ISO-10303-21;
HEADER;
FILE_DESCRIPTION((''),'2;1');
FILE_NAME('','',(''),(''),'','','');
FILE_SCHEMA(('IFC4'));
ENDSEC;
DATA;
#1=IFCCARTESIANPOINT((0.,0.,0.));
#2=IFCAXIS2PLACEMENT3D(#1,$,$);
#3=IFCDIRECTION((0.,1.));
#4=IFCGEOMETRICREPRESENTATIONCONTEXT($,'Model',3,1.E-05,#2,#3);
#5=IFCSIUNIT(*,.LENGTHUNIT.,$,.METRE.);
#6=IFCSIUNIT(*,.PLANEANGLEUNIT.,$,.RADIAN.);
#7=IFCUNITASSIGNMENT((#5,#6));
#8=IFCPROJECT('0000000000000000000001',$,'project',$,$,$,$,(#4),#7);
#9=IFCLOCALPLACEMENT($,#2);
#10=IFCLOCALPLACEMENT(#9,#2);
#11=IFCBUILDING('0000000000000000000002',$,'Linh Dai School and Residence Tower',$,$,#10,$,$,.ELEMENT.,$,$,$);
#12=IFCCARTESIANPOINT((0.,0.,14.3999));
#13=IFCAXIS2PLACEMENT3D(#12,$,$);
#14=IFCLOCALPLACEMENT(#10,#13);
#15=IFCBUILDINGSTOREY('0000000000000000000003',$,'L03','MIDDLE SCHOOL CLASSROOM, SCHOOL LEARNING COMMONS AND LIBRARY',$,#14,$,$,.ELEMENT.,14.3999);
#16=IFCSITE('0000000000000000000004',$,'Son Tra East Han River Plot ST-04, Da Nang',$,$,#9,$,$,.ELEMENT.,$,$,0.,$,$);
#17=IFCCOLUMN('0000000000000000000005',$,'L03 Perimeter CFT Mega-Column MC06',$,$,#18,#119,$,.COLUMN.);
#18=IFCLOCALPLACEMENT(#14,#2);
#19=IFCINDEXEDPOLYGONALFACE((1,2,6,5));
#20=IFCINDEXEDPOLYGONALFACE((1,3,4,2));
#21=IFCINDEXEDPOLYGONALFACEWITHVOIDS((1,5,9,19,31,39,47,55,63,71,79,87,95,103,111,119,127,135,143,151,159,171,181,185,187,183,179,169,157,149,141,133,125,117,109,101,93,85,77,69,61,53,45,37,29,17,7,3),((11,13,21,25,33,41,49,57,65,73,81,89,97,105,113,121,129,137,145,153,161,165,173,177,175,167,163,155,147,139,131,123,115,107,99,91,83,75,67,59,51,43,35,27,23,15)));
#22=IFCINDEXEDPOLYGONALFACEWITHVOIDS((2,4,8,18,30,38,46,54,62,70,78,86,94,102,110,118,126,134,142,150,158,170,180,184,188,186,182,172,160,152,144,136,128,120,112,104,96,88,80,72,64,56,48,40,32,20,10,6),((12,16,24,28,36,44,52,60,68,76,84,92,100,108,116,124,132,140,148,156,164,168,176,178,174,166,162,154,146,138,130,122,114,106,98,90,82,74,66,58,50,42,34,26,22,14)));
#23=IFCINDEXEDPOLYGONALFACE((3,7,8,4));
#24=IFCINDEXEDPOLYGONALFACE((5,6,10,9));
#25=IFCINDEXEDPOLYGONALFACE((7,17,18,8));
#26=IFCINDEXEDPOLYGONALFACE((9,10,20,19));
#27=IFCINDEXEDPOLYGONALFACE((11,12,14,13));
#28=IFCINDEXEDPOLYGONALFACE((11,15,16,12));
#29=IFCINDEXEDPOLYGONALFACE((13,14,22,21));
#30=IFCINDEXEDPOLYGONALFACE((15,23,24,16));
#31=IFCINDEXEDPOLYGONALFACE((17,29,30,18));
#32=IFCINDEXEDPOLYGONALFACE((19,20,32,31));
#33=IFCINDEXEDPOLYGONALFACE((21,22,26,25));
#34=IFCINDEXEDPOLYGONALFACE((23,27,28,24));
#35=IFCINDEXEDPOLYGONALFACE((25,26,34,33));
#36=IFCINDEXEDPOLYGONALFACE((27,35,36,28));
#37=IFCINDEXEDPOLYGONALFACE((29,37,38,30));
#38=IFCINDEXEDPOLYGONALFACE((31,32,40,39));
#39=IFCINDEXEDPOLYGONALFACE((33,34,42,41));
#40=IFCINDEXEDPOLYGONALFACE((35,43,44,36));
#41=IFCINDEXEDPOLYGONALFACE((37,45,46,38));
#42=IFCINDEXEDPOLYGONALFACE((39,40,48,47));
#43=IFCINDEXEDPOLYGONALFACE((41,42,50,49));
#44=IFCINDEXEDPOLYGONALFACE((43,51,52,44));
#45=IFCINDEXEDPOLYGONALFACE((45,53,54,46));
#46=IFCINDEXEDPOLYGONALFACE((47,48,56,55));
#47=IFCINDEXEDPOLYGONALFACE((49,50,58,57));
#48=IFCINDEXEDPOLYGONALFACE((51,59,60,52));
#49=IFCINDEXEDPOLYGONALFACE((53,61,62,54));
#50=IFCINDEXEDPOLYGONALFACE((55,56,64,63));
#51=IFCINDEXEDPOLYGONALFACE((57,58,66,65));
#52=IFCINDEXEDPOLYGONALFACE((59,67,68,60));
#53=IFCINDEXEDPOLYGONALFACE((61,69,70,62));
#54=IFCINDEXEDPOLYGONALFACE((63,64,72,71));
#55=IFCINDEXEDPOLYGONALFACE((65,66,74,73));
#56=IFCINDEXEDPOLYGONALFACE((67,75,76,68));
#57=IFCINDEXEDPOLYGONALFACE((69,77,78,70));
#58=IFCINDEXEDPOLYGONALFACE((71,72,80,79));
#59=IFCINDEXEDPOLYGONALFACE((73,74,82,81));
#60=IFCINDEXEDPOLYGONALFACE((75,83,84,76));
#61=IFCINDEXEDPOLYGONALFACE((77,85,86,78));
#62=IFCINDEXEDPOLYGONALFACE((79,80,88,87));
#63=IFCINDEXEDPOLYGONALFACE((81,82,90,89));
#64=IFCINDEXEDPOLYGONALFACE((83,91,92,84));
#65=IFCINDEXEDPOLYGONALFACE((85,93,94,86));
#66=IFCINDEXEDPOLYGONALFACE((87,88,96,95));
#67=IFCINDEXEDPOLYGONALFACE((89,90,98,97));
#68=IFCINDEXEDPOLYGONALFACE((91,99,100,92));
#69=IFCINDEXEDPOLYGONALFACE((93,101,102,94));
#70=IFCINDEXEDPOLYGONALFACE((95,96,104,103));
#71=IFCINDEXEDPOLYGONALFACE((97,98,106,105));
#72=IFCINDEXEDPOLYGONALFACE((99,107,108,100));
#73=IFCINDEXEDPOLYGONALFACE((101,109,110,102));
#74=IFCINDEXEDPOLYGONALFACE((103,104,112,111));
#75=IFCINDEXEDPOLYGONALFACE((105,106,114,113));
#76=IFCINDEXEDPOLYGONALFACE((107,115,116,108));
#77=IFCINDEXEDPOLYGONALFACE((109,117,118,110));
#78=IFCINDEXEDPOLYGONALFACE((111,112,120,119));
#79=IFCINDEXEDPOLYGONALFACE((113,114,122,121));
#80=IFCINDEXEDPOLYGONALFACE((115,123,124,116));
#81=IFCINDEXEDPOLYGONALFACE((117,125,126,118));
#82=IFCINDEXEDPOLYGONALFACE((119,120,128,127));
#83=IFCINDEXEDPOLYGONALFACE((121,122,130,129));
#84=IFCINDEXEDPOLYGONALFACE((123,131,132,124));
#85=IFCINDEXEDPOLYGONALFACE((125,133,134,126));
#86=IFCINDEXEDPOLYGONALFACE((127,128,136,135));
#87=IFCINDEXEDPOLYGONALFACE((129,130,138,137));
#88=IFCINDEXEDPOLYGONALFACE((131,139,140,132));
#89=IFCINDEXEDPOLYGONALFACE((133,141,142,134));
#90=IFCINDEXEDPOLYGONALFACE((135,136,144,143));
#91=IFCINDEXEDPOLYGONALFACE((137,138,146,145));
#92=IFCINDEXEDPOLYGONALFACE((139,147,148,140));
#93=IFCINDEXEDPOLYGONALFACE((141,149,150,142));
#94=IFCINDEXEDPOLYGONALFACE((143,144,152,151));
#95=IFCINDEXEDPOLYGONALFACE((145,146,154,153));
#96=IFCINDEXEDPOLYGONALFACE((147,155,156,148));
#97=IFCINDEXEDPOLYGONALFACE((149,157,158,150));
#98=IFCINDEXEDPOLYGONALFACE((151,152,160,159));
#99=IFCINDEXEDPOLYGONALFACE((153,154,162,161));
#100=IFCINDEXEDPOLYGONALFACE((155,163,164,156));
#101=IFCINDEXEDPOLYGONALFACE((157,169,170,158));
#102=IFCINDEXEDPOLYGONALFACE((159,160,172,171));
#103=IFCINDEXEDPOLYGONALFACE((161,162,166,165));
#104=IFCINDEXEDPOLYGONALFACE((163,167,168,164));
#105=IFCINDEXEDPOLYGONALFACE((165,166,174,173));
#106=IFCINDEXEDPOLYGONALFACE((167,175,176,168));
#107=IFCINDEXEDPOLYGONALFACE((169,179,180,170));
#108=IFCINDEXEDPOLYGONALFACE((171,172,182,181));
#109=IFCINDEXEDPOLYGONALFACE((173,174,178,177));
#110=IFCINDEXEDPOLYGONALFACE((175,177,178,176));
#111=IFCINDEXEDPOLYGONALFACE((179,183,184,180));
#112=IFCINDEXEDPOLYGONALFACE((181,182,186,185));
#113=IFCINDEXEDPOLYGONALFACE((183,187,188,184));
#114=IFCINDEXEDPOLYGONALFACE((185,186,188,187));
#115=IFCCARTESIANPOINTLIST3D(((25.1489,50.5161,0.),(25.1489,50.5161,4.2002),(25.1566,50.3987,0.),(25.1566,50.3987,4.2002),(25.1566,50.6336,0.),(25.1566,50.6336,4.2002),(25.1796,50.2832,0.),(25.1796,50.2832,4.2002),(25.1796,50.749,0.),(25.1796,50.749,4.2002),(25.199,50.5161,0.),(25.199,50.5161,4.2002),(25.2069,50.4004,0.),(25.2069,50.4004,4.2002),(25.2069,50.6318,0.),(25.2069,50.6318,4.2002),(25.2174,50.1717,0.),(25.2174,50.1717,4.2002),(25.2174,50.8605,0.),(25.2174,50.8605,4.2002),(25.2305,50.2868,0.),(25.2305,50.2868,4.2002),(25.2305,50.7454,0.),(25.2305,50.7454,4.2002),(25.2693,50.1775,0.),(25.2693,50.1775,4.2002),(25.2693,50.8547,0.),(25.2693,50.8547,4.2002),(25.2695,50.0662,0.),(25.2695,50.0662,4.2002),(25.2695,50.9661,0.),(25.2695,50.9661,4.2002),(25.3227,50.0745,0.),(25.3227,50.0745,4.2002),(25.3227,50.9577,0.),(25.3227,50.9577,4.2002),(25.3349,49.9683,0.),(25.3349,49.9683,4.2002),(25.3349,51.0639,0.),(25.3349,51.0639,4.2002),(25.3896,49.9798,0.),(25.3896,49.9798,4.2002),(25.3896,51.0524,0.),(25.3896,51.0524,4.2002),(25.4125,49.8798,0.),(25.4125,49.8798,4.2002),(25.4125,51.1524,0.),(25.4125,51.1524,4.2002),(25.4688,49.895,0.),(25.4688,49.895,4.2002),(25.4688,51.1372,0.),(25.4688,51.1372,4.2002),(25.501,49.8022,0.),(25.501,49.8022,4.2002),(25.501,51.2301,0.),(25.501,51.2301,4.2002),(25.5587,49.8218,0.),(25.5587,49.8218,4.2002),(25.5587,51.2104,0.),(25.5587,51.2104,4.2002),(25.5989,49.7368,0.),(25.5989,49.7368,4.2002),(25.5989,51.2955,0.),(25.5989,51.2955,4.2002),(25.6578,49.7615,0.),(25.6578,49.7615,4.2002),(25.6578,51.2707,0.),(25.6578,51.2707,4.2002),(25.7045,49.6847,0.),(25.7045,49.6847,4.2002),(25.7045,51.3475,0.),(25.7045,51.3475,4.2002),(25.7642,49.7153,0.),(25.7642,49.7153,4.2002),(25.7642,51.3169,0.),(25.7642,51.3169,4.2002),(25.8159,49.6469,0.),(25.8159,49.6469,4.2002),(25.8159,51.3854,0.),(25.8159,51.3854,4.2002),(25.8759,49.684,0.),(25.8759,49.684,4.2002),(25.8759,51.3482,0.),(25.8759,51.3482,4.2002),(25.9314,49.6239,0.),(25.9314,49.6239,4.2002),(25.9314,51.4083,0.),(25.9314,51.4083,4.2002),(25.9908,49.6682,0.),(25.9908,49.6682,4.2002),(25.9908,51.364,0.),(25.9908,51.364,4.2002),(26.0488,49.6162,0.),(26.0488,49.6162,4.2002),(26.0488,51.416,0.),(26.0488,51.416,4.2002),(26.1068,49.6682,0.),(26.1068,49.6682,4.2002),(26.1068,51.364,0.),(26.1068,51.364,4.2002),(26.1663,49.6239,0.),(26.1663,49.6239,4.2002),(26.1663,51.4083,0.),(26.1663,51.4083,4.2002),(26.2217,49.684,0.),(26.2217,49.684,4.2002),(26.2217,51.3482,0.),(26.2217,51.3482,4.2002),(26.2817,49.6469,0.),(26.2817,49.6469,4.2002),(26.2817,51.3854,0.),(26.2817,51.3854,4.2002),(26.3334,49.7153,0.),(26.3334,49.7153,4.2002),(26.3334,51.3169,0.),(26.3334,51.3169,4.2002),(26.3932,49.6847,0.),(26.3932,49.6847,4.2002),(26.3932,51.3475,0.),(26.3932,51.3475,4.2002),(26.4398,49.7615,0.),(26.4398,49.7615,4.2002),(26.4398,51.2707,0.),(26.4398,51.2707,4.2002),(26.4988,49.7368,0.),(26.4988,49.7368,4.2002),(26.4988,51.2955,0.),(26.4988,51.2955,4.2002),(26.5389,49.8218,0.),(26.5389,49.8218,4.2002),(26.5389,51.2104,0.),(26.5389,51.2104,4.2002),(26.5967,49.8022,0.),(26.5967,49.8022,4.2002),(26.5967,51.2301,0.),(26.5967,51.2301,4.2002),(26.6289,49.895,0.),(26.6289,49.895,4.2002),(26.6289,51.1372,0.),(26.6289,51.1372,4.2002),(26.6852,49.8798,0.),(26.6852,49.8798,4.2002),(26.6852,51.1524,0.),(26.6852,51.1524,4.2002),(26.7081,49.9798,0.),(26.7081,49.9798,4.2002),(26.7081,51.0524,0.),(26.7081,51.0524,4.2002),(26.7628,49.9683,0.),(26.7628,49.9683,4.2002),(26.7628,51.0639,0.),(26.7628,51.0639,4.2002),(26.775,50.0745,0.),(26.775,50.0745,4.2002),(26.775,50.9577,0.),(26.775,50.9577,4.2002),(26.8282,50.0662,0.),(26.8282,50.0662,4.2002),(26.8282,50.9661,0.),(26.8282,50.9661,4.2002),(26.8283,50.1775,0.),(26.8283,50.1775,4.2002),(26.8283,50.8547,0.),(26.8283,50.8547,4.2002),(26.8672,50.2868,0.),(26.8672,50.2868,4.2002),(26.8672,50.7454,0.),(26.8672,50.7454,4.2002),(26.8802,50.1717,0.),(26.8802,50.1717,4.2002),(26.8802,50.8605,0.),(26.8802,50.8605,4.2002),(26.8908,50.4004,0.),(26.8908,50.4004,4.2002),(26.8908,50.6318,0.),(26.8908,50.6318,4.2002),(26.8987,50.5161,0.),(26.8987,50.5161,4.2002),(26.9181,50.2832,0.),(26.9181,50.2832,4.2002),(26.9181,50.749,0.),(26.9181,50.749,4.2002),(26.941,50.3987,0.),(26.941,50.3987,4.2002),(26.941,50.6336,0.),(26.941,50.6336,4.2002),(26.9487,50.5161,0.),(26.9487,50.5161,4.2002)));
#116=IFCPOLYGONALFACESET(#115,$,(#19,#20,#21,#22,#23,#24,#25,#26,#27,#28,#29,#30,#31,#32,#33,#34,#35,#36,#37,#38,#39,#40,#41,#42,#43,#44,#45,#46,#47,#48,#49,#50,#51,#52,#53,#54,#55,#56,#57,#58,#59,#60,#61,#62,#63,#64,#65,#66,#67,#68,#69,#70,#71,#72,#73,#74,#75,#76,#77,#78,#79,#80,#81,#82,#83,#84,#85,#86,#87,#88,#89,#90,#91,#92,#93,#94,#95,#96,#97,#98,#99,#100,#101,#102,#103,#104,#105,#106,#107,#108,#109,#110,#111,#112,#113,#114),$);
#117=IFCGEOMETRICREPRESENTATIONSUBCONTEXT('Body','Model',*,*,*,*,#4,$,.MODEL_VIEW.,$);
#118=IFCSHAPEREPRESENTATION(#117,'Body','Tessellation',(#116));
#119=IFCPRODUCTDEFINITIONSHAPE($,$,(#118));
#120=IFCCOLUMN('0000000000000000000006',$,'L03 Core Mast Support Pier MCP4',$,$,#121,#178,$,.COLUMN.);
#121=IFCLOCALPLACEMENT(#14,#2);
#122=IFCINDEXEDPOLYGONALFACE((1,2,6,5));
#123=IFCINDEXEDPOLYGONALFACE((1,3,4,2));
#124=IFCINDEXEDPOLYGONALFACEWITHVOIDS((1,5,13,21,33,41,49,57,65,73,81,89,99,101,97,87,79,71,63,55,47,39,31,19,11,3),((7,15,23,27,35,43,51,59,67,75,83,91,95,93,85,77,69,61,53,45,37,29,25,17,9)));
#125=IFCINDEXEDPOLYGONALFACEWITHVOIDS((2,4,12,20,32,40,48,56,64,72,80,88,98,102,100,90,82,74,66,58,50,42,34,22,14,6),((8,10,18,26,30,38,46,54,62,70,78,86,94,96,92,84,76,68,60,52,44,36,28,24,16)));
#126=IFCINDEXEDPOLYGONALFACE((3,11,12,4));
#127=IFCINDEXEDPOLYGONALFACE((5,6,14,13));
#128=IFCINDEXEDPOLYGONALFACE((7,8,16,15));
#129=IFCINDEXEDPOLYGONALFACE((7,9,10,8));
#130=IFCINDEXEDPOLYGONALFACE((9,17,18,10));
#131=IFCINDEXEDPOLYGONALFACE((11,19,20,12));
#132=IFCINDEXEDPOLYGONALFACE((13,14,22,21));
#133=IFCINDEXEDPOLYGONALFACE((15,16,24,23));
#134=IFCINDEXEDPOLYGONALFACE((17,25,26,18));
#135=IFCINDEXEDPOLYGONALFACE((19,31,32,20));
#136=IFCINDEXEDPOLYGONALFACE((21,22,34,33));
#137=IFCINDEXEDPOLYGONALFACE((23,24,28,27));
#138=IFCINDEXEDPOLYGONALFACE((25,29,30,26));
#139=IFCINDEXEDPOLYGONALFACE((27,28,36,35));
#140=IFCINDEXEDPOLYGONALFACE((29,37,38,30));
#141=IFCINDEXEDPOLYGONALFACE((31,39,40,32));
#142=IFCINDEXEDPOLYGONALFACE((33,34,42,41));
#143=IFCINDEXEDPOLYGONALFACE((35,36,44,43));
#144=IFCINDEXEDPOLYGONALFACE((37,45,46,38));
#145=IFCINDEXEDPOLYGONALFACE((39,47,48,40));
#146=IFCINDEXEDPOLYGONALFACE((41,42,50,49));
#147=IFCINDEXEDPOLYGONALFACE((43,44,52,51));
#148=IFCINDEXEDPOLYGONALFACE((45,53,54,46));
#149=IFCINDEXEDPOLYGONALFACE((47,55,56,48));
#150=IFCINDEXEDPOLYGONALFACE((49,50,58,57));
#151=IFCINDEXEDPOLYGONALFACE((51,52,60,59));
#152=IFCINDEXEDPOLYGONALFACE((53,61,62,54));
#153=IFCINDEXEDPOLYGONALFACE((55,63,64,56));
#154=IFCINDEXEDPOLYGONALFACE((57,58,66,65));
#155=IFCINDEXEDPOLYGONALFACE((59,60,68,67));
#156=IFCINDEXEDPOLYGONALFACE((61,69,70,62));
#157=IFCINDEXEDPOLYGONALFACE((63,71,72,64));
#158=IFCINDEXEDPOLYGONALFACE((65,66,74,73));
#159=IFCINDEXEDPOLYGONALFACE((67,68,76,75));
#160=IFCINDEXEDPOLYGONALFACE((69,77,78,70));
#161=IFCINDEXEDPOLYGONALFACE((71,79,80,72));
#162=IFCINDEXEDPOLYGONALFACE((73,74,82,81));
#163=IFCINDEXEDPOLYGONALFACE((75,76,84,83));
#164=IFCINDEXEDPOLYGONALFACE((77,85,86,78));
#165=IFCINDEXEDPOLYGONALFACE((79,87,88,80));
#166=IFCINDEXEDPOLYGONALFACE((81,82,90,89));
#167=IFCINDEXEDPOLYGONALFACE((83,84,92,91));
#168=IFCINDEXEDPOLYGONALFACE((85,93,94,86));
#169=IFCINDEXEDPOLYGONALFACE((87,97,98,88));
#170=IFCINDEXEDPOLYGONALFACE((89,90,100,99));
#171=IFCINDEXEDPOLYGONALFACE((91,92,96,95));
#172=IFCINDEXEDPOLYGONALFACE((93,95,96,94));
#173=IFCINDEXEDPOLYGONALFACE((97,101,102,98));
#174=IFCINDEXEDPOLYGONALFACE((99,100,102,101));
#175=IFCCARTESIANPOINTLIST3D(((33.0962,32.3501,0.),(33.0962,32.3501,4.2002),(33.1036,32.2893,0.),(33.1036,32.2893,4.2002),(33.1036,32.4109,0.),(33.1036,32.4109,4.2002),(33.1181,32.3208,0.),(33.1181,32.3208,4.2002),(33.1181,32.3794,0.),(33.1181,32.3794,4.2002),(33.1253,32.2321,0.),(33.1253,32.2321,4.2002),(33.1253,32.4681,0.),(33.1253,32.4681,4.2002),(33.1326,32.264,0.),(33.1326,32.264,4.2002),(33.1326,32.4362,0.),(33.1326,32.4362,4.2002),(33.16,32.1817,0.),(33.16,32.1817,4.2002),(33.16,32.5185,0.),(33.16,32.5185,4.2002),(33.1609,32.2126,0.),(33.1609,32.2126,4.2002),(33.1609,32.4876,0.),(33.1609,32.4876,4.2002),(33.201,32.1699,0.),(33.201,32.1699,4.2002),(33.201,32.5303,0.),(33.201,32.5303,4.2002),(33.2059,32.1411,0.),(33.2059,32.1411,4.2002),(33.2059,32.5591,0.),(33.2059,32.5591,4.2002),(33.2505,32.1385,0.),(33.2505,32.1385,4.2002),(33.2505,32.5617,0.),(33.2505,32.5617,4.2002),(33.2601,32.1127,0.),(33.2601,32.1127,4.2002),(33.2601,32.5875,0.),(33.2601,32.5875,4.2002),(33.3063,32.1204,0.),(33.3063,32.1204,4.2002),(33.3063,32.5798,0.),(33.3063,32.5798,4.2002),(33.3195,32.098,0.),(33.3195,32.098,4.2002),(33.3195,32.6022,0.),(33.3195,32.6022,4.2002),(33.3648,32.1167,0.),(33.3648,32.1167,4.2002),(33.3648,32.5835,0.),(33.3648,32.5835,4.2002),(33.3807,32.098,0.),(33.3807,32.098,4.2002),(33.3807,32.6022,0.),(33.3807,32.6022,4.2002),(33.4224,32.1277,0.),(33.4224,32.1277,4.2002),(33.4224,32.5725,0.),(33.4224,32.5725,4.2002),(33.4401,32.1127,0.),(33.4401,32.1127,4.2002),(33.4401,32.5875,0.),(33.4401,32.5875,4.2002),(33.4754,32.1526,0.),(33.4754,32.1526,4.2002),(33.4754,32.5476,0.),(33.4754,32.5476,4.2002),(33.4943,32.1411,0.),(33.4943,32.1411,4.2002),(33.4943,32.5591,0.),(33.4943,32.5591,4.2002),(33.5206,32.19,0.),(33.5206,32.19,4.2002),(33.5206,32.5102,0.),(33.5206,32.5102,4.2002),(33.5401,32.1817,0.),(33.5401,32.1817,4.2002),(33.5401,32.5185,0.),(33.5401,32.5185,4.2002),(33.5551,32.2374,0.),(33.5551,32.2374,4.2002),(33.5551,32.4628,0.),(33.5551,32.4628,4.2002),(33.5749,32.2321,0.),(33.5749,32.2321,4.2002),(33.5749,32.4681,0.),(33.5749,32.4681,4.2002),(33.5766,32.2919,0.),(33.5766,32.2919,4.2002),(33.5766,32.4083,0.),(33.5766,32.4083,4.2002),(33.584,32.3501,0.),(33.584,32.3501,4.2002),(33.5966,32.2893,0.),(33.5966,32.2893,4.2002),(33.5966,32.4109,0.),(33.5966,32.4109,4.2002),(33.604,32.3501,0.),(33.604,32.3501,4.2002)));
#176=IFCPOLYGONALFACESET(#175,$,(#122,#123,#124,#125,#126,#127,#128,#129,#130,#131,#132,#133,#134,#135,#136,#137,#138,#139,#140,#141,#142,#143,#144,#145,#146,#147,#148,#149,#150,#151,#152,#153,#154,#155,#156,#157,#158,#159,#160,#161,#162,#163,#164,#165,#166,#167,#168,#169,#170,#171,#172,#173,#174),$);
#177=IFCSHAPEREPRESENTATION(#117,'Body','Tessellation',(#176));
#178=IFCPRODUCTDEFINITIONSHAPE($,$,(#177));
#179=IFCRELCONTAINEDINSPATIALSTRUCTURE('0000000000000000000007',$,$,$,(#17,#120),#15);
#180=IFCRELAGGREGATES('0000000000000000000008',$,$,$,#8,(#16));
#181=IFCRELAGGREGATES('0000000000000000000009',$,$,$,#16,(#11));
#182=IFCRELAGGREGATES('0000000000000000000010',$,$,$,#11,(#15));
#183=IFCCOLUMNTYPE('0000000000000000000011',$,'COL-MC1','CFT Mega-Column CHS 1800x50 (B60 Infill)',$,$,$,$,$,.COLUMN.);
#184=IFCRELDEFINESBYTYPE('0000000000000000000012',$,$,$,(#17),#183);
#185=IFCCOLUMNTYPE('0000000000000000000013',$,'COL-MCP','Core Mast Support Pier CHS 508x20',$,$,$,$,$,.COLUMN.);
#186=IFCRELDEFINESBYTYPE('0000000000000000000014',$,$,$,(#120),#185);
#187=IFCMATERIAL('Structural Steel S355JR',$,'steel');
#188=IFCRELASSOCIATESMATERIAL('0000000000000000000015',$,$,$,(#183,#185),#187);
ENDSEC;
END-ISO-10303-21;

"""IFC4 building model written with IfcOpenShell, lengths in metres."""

from ifc_helpers import new_model, si_unit, direction, frame, origin, origin_2d, place, context, subcontext, project, spatial, hollow_circle, extrude, material, material_profile, profile_set, type_object, element, save


model = new_model("IFC4")

# Units and contexts
model_context = context("Model", 3, precision=1e-05, world=origin(), true_north=direction((0.0, 1.0)))
body_context = subcontext(model_context, "Body", "Model", "MODEL_VIEW")
ifc_project = project(units=[si_unit("LENGTHUNIT", "METRE"), si_unit("PLANEANGLEUNIT", "RADIAN")], contexts=[model_context])

# Site, building, storey
site_placement = place(None, origin())
site = spatial("IfcSite", under=ifc_project, at=site_placement, Name="Son Tra East Han River Plot ST-04, Da Nang", CompositionType="ELEMENT", RefElevation=0.0)
building_placement = place(site_placement, origin())
building = spatial("IfcBuilding", under=site, at=building_placement, Name="Linh Dai School and Residence Tower", CompositionType="ELEMENT")
storey_placement = place(building_placement, frame((0.0, 0.0, 14.3999)))
storey = spatial("IfcBuildingStorey", under=building, at=storey_placement, Name="L03", Description="MIDDLE SCHOOL CLASSROOM, SCHOOL LEARNING COMMONS AND LIBRARY", CompositionType="ELEMENT", Elevation=14.3999)

# Columns
ifc_material_1 = material(Name="Structural Steel S355JR", Category="steel")
ifc_material_profile_1 = material_profile(ifc_material_1, hollow_circle(Radius=0.8999, WallThickness=0.05, at=origin_2d()), Name="CHS 1800x50")
ifc_profile_set_1 = profile_set([ifc_material_profile_1], Name="Structural Steel S355JR")
column_type_1 = type_object("IfcColumnType", Name="COL-MC1", Description="CFT Mega-Column CHS 1800x50 (B60 Infill)", PredefinedType="COLUMN", material=ifc_profile_set_1)
for number, where, z_axis, x_axis, name in (
    (1, (26.0488, 50.5161, 0.0), (0.0, 0.0, 1.0), (1.0, 0.0, 0.0), "L03 Perimeter CFT Mega-Column MC06"),
):
    element("IfcColumn", number, at=place(storey_placement, frame(where, z_axis=z_axis, x_axis=x_axis)), inside=storey, type_object=column_type_1, Name=name, PredefinedType="COLUMN", context=body_context, shape_type="SweptSolid", body=[
        extrude(hollow_circle(Radius=0.8999, WallThickness=0.05, at=origin_2d()), origin(), (0.0, 0.0, 1.0), 4.2002),
    ])
ifc_material_profile_2 = material_profile(ifc_material_1, hollow_circle(Radius=0.2539, WallThickness=0.02, at=origin_2d()), Name="CHS 508x20")
ifc_profile_set_2 = profile_set([ifc_material_profile_2], Name="Structural Steel S355JR")
column_type_2 = type_object("IfcColumnType", Name="COL-MCP", Description="Core Mast Support Pier CHS 508x20", PredefinedType="COLUMN", material=ifc_profile_set_2)
column_1_placement = place(storey_placement, frame((33.3501, 32.3501, 0.0), z_axis=(0.0, 0.0, 1.0), x_axis=(1.0, 0.0, 0.0)))
element("IfcColumn", 2, at=column_1_placement, inside=storey, type_object=column_type_2, Name="L03 Core Mast Support Pier MCP4", PredefinedType="COLUMN", context=body_context, shape_type="SweptSolid", body=[
    extrude(hollow_circle(Radius=0.2539, WallThickness=0.02, at=origin_2d()), origin(), (0.0, 0.0, 1.0), 4.2002),
])

save(model, "model.ifc")
